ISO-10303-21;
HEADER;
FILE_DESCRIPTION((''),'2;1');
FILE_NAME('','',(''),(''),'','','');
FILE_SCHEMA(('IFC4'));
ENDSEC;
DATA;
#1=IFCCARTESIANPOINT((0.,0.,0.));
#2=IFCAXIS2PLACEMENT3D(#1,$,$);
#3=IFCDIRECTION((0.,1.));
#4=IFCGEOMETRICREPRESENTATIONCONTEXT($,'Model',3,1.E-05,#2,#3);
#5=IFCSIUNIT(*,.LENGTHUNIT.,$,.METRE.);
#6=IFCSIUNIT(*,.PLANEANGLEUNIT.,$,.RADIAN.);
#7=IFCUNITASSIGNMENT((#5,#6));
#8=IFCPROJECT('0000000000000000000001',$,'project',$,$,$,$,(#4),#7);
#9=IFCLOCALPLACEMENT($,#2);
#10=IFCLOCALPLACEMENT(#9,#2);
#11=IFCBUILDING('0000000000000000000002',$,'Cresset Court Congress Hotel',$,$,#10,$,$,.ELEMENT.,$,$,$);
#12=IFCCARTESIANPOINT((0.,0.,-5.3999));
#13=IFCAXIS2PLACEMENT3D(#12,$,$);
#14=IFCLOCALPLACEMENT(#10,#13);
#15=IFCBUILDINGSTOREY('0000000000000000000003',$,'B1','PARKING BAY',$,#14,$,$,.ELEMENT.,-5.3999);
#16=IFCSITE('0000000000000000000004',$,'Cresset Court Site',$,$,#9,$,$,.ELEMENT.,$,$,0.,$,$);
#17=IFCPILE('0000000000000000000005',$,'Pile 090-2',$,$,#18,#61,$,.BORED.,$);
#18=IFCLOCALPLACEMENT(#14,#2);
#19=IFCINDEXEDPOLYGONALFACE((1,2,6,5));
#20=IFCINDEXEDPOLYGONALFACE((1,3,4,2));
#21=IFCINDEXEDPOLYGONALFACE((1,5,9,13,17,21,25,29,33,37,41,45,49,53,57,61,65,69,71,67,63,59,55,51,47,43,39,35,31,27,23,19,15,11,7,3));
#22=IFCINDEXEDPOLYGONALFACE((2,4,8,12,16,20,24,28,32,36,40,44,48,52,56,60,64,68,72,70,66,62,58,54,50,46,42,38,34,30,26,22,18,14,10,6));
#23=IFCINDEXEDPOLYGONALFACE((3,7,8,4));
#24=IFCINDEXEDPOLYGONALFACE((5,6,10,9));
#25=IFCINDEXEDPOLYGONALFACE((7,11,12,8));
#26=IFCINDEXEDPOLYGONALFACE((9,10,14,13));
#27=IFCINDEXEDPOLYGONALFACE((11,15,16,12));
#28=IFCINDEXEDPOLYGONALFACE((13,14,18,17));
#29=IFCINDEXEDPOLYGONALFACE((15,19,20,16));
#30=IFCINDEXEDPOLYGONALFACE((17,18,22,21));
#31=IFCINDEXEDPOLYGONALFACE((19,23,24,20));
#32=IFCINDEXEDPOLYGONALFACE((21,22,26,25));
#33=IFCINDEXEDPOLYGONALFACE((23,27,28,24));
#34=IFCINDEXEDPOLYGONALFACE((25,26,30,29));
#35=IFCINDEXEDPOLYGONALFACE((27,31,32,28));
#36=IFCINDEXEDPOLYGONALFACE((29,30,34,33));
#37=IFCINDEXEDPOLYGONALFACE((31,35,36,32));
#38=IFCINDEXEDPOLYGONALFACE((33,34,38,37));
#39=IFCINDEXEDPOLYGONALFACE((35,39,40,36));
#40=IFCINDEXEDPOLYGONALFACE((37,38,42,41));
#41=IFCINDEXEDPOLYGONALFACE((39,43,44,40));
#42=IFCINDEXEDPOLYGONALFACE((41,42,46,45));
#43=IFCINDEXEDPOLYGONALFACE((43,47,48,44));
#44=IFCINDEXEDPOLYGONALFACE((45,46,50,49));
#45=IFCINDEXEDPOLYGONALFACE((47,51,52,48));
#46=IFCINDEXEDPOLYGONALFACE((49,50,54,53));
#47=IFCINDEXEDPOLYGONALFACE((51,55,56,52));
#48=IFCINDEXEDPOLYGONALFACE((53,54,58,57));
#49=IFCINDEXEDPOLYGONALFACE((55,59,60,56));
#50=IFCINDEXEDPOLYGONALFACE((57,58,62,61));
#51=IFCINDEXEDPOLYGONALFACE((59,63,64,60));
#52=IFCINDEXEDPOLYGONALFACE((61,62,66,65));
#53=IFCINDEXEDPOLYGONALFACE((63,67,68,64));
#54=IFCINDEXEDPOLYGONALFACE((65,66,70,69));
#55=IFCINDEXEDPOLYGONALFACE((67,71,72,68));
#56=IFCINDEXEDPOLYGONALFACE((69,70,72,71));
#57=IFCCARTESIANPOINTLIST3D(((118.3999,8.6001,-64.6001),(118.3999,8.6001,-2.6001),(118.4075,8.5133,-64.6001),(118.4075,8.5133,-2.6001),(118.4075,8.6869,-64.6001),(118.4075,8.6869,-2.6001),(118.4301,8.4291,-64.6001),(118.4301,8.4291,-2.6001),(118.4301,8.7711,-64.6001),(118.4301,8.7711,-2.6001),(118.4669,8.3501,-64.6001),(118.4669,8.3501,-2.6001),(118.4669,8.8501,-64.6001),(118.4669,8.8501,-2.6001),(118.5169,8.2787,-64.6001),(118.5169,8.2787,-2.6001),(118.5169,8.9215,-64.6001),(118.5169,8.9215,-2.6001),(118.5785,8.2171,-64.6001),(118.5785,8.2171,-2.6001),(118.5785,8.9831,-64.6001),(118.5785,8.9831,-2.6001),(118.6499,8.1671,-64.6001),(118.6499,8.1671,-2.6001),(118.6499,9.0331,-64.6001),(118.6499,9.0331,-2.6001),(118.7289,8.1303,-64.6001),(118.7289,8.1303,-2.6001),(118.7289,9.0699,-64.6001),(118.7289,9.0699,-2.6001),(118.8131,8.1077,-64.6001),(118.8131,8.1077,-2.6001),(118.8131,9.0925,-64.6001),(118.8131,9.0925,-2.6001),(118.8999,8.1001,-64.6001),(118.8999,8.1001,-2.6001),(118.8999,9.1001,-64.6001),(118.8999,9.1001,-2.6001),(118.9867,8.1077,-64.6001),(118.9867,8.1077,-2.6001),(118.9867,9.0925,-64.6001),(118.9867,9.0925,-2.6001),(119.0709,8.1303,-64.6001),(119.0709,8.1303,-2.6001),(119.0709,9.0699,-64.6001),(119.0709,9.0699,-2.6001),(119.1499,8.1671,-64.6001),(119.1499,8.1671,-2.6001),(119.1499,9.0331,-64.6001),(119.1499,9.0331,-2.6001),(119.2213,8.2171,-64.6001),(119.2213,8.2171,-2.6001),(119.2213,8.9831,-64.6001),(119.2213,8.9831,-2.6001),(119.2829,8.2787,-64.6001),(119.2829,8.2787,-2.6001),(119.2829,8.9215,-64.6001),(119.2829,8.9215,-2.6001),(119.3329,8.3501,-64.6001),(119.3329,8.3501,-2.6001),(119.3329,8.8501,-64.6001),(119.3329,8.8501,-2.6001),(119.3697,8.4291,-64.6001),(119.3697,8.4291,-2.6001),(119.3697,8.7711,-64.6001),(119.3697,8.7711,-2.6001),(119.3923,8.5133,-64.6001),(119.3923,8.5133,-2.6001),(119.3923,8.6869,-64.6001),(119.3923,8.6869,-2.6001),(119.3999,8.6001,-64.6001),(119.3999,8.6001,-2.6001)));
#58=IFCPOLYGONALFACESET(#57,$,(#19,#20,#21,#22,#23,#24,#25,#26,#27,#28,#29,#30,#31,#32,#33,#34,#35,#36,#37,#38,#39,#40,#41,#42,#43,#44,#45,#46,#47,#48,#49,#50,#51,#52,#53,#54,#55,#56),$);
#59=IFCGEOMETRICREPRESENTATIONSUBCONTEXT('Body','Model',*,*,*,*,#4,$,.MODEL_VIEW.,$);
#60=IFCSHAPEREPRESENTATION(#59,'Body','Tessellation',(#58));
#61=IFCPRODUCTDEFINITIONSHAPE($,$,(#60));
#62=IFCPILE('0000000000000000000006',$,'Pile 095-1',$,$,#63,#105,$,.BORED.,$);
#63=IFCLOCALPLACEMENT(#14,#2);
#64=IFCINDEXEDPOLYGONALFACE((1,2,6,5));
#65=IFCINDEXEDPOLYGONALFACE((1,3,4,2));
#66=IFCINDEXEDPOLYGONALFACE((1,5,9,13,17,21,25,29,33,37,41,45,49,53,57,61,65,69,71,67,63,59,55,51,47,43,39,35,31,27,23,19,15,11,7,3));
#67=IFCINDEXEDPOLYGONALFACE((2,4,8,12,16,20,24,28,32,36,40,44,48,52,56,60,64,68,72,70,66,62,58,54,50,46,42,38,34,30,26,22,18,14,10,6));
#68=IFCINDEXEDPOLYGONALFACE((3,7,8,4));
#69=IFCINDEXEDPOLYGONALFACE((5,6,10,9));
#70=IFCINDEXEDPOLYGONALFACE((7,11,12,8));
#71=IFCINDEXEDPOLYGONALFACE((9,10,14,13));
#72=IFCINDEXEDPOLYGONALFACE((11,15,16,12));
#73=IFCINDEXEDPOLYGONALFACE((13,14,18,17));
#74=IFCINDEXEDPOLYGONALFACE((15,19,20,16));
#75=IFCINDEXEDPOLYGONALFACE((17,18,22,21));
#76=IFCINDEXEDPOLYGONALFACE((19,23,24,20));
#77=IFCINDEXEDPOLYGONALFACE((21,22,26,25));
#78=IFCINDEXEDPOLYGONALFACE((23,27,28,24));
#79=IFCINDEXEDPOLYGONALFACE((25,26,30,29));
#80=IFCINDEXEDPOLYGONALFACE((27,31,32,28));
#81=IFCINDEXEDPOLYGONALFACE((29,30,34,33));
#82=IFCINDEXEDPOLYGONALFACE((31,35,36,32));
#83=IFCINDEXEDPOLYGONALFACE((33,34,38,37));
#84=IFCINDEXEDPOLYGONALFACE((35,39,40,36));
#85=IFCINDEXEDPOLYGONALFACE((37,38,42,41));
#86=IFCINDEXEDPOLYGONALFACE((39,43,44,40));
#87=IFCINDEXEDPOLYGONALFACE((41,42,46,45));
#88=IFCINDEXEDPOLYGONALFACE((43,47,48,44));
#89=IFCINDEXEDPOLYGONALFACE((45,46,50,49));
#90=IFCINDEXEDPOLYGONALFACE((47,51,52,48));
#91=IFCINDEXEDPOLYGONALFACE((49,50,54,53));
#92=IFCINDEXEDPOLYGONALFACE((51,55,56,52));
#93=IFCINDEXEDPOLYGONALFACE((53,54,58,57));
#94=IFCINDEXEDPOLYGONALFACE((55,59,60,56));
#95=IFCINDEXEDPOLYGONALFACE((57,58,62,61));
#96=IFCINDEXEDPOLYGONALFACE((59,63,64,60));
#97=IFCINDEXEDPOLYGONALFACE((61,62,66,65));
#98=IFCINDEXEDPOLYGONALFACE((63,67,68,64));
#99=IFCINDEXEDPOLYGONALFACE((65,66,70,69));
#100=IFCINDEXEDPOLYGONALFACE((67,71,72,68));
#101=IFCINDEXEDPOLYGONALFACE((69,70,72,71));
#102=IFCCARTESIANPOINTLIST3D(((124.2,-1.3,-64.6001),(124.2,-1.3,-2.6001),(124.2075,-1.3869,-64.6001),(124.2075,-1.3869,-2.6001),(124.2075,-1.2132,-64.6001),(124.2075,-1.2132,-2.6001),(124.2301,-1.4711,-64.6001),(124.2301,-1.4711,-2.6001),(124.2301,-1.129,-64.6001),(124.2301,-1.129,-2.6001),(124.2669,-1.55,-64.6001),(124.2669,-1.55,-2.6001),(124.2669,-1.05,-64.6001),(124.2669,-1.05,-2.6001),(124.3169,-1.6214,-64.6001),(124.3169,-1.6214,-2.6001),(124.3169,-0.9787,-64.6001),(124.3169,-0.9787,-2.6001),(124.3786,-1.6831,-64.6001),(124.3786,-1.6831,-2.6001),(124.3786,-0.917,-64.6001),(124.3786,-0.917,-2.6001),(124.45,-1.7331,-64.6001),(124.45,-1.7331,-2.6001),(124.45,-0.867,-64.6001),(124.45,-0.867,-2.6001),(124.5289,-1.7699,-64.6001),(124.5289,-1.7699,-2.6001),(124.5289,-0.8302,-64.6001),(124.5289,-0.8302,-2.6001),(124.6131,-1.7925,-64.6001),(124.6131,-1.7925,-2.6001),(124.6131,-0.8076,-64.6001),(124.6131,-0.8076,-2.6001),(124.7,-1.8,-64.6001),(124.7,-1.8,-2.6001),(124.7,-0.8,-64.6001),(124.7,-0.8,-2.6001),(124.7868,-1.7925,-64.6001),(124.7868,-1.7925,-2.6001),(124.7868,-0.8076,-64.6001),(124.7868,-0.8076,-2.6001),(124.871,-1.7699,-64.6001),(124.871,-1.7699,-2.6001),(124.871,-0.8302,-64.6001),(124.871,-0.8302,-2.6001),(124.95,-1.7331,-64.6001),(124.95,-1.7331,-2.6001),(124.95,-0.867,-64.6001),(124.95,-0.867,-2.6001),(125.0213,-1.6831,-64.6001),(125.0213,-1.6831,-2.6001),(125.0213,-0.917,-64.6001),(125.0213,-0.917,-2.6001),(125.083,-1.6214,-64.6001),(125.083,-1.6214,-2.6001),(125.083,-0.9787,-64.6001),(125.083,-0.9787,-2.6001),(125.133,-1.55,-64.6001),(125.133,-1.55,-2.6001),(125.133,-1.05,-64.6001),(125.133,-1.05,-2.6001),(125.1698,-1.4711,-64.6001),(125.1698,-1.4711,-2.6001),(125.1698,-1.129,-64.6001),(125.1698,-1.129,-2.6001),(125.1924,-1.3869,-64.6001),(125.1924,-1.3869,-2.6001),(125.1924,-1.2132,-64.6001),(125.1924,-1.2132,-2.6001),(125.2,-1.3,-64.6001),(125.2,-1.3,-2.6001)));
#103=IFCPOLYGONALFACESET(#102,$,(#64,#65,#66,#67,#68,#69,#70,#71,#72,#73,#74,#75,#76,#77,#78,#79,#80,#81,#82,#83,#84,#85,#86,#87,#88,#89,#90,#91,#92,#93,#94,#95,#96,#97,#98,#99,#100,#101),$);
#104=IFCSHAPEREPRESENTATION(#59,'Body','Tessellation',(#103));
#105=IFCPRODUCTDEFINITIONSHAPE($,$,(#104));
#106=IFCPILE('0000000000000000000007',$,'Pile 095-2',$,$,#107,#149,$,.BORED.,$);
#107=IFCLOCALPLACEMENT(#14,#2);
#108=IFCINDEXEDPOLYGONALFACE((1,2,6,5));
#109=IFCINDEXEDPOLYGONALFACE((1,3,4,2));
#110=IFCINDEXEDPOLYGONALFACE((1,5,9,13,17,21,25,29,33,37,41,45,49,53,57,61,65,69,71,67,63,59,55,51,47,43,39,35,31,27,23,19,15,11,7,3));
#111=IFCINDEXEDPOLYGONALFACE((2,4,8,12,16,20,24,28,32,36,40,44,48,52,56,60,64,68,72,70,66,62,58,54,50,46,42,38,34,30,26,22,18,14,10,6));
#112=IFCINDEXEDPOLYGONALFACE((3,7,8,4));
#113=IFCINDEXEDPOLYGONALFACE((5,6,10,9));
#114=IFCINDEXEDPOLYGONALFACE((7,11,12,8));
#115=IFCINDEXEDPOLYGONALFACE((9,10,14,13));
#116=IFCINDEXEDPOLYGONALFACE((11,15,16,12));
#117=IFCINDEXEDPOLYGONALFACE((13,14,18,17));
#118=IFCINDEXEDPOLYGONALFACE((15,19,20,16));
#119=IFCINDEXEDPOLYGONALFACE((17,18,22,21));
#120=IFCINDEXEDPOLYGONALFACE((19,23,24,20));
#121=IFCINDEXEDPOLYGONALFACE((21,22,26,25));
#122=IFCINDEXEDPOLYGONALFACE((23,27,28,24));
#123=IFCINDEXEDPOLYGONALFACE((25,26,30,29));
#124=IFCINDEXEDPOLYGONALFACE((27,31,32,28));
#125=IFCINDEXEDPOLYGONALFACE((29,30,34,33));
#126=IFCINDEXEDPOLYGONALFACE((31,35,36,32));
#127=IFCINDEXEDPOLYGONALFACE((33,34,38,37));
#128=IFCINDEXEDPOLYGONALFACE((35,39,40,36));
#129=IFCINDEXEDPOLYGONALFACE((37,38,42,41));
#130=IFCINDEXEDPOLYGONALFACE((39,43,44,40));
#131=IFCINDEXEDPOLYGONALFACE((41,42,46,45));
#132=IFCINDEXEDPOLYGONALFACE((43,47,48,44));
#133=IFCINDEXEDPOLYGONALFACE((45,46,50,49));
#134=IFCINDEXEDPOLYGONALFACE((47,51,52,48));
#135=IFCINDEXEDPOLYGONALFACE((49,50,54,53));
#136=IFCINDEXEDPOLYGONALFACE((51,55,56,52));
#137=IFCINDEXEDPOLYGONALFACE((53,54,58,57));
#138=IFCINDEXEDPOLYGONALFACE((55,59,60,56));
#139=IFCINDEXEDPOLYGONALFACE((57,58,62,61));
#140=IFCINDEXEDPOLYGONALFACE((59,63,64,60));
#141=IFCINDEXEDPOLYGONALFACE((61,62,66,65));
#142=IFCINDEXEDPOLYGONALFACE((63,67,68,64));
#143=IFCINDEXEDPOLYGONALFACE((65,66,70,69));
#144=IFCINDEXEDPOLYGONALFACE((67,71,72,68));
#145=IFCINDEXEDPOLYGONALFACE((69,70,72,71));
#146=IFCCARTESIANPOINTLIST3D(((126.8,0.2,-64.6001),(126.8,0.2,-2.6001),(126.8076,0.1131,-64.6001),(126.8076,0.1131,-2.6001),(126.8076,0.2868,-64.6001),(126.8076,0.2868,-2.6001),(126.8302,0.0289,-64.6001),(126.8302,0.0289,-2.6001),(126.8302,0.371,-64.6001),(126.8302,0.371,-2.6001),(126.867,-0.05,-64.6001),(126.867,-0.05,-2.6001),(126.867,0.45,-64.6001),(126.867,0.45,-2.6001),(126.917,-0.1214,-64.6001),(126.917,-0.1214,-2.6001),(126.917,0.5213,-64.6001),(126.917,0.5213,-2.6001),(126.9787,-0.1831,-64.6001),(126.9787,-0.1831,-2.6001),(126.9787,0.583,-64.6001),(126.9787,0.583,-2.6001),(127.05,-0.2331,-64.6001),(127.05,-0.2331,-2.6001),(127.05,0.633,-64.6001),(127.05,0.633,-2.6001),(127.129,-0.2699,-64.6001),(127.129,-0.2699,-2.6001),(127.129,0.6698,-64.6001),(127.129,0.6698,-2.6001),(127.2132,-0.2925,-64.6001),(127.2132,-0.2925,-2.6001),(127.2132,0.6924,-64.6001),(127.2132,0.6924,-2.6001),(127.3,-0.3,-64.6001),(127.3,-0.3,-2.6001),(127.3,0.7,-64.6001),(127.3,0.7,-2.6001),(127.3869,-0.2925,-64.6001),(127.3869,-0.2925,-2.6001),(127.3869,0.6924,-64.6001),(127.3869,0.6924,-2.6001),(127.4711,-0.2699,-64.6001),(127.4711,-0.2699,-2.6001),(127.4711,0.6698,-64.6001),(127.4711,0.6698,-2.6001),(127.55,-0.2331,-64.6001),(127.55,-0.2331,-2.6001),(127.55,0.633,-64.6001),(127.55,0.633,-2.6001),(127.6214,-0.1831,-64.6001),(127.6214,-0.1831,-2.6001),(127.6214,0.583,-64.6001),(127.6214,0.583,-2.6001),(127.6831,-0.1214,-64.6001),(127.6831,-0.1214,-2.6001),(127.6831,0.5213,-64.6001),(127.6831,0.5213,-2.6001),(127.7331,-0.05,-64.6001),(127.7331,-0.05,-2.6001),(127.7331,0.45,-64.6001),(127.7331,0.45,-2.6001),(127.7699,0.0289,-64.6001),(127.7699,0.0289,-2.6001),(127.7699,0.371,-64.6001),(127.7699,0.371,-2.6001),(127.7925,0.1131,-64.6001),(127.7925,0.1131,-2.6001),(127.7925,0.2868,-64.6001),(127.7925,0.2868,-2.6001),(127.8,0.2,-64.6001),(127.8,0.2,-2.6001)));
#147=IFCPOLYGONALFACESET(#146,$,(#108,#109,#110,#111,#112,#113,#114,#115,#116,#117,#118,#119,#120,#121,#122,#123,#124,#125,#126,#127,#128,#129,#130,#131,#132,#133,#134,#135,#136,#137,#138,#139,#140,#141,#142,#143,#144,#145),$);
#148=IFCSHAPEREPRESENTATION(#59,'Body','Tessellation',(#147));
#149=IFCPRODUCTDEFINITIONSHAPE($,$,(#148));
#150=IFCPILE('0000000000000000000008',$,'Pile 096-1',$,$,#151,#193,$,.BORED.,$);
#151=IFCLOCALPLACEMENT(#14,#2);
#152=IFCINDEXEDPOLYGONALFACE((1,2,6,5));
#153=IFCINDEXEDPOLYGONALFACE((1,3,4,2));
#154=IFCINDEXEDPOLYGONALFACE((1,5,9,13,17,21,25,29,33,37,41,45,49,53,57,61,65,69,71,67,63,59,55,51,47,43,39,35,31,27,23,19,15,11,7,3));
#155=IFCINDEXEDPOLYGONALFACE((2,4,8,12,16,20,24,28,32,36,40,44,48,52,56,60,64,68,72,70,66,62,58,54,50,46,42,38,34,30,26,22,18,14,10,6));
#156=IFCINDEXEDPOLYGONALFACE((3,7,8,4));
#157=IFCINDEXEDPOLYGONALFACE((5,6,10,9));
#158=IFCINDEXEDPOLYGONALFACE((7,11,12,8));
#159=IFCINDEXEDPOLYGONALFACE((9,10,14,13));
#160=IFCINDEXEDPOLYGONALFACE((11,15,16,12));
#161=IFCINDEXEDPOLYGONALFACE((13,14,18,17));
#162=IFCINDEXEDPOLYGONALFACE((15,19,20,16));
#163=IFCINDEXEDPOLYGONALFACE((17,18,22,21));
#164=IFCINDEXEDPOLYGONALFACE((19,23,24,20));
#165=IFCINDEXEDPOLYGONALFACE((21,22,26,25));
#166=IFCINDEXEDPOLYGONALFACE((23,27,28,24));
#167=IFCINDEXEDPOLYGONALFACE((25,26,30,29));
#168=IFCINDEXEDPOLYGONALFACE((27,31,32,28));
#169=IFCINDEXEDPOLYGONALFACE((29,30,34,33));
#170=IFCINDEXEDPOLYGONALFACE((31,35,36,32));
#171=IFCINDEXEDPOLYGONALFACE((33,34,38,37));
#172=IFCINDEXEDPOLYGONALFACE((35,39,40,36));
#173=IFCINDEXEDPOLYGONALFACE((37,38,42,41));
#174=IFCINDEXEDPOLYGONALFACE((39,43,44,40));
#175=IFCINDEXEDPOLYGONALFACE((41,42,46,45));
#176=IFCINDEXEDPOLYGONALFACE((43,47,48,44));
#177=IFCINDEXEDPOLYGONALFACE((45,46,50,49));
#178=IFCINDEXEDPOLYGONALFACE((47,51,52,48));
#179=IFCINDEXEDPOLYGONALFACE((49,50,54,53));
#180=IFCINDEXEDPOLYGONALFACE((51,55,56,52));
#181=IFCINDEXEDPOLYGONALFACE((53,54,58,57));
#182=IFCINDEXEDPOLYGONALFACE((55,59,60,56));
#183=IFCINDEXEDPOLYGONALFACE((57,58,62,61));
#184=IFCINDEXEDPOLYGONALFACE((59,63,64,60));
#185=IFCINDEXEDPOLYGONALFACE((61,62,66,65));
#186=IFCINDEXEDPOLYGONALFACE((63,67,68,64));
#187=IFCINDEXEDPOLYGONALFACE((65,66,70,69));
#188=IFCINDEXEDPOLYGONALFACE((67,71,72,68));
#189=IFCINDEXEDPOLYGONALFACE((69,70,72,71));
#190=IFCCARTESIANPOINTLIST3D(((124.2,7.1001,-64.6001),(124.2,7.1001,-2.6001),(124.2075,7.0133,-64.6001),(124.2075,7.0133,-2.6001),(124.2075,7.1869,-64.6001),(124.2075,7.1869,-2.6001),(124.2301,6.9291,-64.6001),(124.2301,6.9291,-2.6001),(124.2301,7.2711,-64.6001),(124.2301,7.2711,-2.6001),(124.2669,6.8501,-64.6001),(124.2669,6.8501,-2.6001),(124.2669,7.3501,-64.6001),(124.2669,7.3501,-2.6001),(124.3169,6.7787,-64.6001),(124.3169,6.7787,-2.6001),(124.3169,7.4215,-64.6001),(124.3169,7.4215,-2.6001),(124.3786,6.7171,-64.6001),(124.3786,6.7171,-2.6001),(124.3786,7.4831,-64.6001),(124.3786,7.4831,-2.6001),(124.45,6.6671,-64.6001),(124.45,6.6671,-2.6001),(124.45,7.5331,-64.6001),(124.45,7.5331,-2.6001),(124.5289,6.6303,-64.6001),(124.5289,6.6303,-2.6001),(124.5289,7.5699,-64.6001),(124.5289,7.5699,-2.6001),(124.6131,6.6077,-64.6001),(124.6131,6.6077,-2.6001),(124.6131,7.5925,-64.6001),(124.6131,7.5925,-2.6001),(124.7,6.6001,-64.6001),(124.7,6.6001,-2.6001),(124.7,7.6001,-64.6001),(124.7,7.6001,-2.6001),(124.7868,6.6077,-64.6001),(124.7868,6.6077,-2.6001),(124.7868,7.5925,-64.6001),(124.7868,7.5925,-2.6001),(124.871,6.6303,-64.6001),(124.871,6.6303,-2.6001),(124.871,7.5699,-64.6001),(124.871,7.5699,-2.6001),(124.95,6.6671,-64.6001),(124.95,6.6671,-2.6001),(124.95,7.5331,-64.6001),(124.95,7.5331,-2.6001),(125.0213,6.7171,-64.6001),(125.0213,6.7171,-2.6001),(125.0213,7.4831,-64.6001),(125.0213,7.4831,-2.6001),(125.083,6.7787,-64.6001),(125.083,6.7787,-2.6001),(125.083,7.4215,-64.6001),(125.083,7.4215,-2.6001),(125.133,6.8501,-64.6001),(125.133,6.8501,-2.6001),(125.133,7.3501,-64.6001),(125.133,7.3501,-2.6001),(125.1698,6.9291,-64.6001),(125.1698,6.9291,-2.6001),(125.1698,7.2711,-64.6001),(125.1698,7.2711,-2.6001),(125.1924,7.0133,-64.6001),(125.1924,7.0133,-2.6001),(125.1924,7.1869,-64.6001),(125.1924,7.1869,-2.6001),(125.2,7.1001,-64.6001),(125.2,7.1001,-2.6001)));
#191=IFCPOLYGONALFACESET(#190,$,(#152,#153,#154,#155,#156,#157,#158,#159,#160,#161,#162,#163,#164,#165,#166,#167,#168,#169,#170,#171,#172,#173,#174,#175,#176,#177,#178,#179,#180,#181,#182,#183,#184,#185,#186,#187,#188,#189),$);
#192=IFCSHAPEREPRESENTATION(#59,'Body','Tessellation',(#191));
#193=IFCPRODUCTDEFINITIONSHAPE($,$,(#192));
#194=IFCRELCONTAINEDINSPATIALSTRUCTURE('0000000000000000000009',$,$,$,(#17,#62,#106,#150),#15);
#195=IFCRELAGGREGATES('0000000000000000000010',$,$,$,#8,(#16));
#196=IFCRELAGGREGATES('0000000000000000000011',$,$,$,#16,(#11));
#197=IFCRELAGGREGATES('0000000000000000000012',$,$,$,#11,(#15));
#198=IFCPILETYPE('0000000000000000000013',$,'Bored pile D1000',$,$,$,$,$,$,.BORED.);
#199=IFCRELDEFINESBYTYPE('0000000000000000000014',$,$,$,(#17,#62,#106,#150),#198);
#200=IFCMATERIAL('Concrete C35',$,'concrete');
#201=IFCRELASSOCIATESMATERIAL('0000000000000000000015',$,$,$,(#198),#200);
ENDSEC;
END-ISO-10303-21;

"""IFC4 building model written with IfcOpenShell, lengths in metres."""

from ifc_helpers import new_model, si_unit, direction, frame, origin, origin_2d, place, context, subcontext, project, spatial, circle, extrude, material, type_object, element, save


model = new_model("IFC4")

# Units and contexts
model_context = context("Model", 3, precision=1e-05, world=origin(), true_north=direction((0.0, 1.0)))
body_context = subcontext(model_context, "Body", "Model", "MODEL_VIEW")
ifc_project = project(units=[si_unit("LENGTHUNIT", "METRE"), si_unit("PLANEANGLEUNIT", "RADIAN")], contexts=[model_context])

# Site, building, storey
site_placement = place(None, origin())
site = spatial("IfcSite", under=ifc_project, at=site_placement, Name="Cresset Court Site", CompositionType="ELEMENT", RefElevation=0.0)
building_placement = place(site_placement, origin())
building = spatial("IfcBuilding", under=site, at=building_placement, Name="Cresset Court Congress Hotel", CompositionType="ELEMENT")
storey_placement = place(building_placement, frame((0.0, 0.0, -5.3999)))
storey = spatial("IfcBuildingStorey", under=building, at=storey_placement, Name="B1", Description="PARKING BAY", CompositionType="ELEMENT", Elevation=-5.3999)

# Piles
ifc_material_1 = material(Name="Concrete C35", Category="concrete")
pile_type = type_object("IfcPileType", Name="Bored pile D1000", PredefinedType="BORED", material=ifc_material_1)
for number, where, z_axis, x_axis, name in (
    (1, (118.8999, 8.6001, -2.6001), (0.0, 0.0, -1.0), (1.0, 0.0, 0.0), "Pile 090-2"),
    (2, (124.7, -1.3, -2.6001), (0.0, 0.0, -1.0), (1.0, 0.0, 0.0), "Pile 095-1"),
    (3, (127.3, 0.2, -2.6001), (0.0, 0.0, -1.0), (1.0, 0.0, 0.0), "Pile 095-2"),
    (4, (124.7, 7.1001, -2.6001), (0.0, 0.0, -1.0), (1.0, 0.0, 0.0), "Pile 096-1"),
):
    element("IfcPile", number, at=place(storey_placement, frame(where, z_axis=z_axis, x_axis=x_axis)), inside=storey, type_object=pile_type, Name=name, PredefinedType="BORED", context=body_context, shape_type="SweptSolid", body=[
        extrude(circle(Radius=0.5, at=origin_2d()), origin(), (0.0, 0.0, 1.0), 62.0),
    ])

save(model, "model.ifc")
